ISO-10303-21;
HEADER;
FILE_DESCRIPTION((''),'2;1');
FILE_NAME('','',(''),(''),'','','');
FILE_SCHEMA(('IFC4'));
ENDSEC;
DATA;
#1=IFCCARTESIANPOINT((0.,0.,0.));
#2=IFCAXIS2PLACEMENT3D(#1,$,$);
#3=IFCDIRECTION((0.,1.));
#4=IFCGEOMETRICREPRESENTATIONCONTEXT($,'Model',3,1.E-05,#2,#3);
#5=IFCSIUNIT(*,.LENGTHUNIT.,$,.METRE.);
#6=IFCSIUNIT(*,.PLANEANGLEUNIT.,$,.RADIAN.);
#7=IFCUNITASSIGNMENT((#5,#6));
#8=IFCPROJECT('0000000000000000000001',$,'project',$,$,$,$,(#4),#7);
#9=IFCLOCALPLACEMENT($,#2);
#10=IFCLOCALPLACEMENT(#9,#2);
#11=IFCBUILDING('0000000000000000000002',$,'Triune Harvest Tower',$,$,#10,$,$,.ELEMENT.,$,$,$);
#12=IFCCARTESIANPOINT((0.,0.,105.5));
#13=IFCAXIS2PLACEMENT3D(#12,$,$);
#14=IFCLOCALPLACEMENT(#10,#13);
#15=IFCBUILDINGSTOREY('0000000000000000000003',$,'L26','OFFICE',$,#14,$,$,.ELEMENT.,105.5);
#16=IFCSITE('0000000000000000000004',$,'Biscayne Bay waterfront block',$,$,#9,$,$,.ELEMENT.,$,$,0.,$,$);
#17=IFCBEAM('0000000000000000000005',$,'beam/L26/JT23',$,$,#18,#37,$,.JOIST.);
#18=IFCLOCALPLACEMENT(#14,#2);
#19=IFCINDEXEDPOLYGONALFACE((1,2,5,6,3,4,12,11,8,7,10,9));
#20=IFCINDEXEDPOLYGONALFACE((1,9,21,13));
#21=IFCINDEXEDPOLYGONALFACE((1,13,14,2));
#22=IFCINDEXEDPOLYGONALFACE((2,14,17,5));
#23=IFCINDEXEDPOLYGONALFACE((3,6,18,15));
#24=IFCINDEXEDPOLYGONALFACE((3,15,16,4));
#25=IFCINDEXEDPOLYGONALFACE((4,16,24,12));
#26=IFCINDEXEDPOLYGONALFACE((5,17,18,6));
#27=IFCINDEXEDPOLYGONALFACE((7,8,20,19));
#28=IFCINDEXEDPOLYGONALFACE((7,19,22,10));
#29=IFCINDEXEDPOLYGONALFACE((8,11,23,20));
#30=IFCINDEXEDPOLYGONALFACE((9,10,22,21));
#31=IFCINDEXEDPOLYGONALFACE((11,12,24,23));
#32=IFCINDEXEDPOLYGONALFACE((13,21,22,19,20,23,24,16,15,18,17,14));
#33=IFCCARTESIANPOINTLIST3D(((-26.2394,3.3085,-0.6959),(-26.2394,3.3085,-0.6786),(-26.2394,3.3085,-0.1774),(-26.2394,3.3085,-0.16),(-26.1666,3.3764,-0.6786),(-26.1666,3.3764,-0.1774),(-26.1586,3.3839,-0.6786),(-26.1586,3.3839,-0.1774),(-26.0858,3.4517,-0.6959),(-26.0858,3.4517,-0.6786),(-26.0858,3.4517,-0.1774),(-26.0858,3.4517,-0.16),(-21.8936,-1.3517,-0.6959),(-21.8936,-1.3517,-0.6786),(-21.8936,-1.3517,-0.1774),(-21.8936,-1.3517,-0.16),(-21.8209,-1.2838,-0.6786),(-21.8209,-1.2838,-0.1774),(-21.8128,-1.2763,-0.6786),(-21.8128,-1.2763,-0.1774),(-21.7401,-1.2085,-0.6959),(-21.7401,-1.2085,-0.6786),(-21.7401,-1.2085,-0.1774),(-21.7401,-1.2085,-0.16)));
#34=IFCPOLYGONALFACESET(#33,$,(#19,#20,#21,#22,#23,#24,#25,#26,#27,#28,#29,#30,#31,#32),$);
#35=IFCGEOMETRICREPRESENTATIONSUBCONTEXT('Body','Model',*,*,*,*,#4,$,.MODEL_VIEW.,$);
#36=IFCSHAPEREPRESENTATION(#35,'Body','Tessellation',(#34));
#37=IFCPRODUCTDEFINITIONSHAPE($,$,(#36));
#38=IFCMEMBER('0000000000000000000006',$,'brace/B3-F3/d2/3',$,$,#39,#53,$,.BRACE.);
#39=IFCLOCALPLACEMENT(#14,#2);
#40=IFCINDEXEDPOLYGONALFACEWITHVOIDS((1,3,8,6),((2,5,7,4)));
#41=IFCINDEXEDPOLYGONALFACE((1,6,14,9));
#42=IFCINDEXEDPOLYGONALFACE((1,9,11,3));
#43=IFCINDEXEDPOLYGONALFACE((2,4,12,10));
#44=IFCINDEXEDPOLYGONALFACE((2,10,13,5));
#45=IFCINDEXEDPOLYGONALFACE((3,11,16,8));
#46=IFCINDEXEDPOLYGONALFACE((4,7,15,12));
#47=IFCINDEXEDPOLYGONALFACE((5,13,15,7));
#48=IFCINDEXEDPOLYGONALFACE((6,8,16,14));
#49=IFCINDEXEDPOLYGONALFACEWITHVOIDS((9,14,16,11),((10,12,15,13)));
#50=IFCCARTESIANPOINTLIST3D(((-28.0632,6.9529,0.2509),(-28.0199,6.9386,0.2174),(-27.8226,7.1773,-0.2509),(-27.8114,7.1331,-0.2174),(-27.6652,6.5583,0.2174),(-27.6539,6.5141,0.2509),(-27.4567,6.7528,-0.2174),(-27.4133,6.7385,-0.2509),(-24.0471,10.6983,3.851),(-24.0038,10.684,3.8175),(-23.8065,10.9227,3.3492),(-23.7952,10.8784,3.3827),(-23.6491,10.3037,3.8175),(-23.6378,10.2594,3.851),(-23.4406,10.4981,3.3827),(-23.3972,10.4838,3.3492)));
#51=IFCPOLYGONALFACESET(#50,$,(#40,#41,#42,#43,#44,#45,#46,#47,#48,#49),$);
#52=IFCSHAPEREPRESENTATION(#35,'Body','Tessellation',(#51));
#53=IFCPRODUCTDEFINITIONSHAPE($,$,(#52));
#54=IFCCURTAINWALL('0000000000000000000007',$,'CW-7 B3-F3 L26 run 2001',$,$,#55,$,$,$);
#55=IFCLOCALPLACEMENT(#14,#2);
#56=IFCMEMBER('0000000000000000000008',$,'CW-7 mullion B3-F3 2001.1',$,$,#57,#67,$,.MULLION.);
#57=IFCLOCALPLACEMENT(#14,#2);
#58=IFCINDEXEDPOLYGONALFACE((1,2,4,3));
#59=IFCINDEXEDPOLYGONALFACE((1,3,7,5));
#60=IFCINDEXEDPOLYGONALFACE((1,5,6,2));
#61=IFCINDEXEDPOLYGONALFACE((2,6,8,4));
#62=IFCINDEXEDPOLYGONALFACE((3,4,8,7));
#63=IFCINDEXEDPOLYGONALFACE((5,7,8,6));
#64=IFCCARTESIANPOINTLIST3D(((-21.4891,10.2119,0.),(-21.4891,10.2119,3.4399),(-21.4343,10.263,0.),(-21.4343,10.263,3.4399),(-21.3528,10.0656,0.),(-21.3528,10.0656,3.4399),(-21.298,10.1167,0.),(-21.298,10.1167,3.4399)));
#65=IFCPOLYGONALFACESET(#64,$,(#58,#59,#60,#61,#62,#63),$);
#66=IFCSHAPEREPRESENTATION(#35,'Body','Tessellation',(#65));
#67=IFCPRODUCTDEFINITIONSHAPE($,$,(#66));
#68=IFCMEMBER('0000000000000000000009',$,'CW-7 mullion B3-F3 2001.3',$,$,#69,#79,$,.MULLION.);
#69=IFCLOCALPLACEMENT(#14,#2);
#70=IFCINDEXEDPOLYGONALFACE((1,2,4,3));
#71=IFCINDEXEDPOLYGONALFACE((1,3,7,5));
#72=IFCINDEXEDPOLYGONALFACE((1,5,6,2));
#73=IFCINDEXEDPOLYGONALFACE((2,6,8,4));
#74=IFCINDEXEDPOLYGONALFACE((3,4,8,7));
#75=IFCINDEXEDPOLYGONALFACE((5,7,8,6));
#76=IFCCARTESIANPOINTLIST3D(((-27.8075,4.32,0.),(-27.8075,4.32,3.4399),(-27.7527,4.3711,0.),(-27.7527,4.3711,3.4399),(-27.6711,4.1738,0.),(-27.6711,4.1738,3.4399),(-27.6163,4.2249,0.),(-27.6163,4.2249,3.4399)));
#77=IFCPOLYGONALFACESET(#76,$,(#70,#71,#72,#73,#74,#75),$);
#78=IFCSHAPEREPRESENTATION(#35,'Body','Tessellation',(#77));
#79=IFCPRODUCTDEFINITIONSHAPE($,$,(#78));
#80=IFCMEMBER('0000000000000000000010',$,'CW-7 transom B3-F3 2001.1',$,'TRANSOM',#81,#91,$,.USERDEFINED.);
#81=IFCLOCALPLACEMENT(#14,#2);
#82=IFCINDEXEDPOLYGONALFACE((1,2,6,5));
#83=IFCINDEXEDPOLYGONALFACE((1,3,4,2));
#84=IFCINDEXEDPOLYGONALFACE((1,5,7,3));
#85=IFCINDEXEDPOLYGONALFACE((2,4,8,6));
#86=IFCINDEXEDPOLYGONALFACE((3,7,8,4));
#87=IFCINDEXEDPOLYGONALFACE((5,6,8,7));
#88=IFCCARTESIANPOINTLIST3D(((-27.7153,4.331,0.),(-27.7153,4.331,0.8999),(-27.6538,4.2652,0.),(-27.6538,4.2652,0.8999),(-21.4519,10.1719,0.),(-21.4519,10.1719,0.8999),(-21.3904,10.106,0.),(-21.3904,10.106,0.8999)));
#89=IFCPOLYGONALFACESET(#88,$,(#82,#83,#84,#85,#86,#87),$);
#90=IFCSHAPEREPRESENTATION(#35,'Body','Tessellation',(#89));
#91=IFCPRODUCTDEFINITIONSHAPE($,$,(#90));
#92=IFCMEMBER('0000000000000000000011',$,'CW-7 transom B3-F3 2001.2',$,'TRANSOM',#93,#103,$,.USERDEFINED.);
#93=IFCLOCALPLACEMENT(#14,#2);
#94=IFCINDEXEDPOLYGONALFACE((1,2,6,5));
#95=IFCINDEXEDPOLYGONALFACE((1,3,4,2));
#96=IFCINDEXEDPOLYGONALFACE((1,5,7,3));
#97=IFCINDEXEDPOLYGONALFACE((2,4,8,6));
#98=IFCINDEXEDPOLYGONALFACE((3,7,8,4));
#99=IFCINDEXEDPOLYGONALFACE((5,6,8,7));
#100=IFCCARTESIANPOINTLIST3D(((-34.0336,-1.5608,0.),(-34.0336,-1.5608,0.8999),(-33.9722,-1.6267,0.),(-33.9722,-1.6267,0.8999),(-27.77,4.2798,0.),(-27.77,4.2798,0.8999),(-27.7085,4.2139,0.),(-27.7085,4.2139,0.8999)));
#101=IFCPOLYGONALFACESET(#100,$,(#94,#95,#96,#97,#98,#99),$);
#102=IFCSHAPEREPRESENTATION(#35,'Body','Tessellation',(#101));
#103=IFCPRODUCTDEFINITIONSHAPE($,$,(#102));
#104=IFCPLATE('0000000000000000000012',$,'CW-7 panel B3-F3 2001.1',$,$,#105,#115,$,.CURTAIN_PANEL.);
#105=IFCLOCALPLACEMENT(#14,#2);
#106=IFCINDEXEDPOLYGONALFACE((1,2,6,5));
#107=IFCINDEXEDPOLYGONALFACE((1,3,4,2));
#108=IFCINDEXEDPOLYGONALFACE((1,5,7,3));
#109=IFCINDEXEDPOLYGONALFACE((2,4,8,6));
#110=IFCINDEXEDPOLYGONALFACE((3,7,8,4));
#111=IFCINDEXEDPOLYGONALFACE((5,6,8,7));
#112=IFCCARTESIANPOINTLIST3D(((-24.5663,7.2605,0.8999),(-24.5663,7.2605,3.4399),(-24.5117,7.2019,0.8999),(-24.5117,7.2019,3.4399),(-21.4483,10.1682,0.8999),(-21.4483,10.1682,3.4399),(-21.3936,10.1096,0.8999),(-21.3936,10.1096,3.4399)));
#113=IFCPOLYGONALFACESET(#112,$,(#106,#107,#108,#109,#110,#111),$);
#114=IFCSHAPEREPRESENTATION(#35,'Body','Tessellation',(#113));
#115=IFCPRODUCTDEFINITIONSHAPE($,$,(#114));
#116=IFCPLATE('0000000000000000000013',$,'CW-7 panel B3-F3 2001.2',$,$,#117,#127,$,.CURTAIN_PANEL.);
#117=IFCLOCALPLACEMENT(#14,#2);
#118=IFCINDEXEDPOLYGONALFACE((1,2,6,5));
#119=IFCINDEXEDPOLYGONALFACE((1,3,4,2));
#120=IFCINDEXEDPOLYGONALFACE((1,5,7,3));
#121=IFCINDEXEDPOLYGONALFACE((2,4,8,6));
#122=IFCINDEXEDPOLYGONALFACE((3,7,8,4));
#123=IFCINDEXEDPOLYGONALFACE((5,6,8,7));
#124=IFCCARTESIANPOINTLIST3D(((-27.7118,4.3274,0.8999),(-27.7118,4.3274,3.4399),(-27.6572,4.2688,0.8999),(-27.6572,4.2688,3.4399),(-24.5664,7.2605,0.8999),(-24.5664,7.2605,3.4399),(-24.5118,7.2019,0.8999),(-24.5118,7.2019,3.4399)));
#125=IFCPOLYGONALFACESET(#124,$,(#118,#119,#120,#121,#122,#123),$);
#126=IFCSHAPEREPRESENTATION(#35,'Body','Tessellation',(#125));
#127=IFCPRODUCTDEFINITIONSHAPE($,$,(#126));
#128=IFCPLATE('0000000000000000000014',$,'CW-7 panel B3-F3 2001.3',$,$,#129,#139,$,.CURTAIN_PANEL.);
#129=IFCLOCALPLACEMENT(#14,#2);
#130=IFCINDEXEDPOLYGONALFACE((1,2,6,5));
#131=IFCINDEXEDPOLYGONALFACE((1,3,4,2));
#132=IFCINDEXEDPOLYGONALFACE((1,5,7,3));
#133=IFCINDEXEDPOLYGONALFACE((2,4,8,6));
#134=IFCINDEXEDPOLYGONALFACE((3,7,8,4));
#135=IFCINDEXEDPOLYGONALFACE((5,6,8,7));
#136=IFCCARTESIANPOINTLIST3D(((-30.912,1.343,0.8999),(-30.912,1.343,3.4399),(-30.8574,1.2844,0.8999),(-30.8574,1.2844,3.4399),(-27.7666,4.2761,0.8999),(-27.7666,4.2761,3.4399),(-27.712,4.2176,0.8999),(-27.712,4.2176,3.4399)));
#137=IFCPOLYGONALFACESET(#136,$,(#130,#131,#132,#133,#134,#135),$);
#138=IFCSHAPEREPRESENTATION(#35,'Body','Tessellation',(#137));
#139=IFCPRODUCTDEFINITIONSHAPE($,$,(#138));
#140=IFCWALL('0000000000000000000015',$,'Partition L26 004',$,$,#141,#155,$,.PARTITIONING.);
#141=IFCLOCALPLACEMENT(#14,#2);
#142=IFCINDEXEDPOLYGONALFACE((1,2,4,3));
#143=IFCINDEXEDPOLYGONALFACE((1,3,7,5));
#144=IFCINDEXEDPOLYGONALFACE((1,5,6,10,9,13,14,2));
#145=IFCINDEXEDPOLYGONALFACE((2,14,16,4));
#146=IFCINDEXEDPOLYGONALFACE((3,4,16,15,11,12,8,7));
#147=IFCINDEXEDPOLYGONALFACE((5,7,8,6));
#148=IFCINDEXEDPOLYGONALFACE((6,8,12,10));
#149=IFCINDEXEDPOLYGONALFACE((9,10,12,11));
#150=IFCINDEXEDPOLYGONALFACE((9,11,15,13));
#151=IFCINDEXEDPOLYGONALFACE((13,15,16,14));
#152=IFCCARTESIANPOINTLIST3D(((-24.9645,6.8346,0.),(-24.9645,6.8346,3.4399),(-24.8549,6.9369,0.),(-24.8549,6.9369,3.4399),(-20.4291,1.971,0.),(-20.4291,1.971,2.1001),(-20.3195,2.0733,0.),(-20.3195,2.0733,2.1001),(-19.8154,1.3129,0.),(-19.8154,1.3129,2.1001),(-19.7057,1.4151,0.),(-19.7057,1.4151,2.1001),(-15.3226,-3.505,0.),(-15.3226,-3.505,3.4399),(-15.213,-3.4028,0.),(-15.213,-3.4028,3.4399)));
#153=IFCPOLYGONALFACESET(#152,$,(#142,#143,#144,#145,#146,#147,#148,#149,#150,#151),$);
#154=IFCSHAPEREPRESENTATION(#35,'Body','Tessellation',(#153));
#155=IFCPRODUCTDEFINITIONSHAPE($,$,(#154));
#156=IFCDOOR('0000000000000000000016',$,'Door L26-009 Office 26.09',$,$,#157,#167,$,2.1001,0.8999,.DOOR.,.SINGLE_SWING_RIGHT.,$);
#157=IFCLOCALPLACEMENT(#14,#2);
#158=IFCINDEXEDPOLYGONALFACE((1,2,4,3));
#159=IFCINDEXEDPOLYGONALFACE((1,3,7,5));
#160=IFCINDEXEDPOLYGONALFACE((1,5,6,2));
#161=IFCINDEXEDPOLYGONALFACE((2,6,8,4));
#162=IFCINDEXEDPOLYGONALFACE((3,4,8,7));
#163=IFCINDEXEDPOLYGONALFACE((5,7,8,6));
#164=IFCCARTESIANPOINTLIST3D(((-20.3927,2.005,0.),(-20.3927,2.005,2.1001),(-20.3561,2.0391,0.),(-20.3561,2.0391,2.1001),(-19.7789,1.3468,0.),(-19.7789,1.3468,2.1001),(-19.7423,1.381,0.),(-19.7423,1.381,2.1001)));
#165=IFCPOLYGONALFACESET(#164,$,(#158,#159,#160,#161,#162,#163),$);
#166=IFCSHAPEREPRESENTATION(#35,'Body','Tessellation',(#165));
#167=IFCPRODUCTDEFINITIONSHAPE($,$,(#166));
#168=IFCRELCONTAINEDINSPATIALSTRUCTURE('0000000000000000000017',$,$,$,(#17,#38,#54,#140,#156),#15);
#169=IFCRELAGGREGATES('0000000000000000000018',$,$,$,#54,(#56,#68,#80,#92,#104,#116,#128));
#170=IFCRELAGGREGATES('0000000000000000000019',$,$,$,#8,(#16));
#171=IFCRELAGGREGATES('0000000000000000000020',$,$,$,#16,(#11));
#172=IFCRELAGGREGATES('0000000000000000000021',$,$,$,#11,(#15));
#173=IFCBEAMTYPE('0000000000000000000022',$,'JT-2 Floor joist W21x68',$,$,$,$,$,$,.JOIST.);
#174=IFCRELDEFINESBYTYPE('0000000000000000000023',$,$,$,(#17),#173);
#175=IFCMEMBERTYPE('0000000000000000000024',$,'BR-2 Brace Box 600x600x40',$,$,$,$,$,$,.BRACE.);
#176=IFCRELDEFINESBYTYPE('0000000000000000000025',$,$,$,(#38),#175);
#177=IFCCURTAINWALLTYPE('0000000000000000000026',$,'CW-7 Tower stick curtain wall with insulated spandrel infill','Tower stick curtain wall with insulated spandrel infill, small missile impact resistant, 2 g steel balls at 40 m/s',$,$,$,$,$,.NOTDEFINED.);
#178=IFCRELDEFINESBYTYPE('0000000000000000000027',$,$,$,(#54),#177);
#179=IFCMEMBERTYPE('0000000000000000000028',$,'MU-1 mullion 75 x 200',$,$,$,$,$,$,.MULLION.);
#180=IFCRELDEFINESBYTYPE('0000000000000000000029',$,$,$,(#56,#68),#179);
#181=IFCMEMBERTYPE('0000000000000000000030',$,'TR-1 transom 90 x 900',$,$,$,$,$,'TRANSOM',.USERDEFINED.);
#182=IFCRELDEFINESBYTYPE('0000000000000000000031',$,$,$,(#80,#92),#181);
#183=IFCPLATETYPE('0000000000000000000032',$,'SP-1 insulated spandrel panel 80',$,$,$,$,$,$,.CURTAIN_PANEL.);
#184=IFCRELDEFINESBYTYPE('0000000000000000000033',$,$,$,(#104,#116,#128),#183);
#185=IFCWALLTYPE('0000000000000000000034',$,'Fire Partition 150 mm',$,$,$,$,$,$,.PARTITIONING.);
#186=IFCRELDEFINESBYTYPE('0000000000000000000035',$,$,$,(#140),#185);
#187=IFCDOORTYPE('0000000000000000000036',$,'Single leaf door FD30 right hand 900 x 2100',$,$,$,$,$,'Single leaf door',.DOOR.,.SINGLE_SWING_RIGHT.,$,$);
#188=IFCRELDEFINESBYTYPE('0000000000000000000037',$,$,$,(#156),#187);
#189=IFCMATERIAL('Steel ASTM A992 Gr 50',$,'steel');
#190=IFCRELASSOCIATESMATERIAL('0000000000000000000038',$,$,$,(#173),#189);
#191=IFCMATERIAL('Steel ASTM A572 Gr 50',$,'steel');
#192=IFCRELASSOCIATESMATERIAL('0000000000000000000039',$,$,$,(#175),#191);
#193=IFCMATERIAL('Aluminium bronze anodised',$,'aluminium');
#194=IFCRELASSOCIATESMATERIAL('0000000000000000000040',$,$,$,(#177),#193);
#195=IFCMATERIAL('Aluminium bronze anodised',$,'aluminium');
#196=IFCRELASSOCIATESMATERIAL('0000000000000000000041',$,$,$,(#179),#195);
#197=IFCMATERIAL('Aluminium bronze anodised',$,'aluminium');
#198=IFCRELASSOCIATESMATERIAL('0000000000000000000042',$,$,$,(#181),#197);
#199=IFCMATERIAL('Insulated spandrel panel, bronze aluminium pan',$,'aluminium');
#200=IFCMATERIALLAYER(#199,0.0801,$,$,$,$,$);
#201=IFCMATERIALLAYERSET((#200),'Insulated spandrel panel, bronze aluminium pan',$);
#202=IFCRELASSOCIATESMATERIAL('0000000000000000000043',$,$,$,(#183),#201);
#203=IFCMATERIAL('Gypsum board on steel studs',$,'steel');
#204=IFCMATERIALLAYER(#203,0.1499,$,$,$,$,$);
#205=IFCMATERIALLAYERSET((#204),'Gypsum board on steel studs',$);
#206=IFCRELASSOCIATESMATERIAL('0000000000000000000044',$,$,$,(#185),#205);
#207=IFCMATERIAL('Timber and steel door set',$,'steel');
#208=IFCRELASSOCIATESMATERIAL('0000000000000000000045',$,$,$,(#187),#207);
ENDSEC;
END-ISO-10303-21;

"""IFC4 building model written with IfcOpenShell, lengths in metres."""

from ifc_helpers import new_model, si_unit, direction, frame, frame_2d, origin, origin_2d, place, context, subcontext, project, spatial, rectangle, hollow_rectangle, i_section, extrude, source, transform, mapped, material, layer, layer_set, material_profile, profile_set, type_object, element, fill, aggregate, save


model = new_model("IFC4")

# Units and contexts
model_context = context("Model", 3, precision=1e-05, world=origin(), true_north=direction((0.0, 1.0)))
body_context = subcontext(model_context, "Body", "Model", "MODEL_VIEW")
ifc_project = project(units=[si_unit("LENGTHUNIT", "METRE"), si_unit("PLANEANGLEUNIT", "RADIAN")], contexts=[model_context])

# Site, building, storey
site_placement = place(None, origin())
site = spatial("IfcSite", under=ifc_project, at=site_placement, Name="Biscayne Bay waterfront block", CompositionType="ELEMENT", RefElevation=0.0)
building_placement = place(site_placement, origin())
building = spatial("IfcBuilding", under=site, at=building_placement, Name="Triune Harvest Tower", CompositionType="ELEMENT")
storey_placement = place(building_placement, frame((0.0, 0.0, 105.5)))
storey = spatial("IfcBuildingStorey", under=building, at=storey_placement, Name="L26", Description="OFFICE", CompositionType="ELEMENT", Elevation=105.5)

# Beam
ifc_material_1 = material(Name="Steel ASTM A992 Gr 50", Category="steel")
ifc_material_profile_1 = material_profile(ifc_material_1, i_section(OverallWidth=0.21, OverallDepth=0.5359, WebThickness=0.011, FlangeThickness=0.0173, at=origin_2d()), Name="W21x68")
ifc_profile_set_1 = profile_set([ifc_material_profile_1], Name="Steel ASTM A992 Gr 50")
beam_type_1 = type_object("IfcBeamType", Name="JT-2 Floor joist W21x68", PredefinedType="JOIST", material=ifc_profile_set_1)
shared_shape_1 = source(origin(), body_context, "Body", "SweptSolid", [
    extrude(i_section(OverallWidth=0.21, OverallDepth=0.5359, WebThickness=0.011, FlangeThickness=0.0173, at=origin_2d()), origin(), (0.0, 0.0, 1.0), 6.3721),
])
beam_1_placement = place(storey_placement, frame((-26.1626, 3.3801, -0.428), z_axis=(0.682001, -0.731351, 0.0), x_axis=(0.731351, 0.682001, 0.0)))
element("IfcBeam", 1, at=beam_1_placement, inside=storey, type_object=beam_type_1, Name="beam/L26/JT23", PredefinedType="JOIST", context=body_context, shape_type="MappedRepresentation", body=[
    mapped(shared_shape_1, transform((0.0, 0.0, 0.0), scale=1.0)),
])

# Member
ifc_material_2 = material(Name="Steel ASTM A572 Gr 50", Category="steel")
ifc_material_profile_2 = material_profile(ifc_material_2, hollow_rectangle(XDim=0.6001, YDim=0.6001, WallThickness=0.04, at=origin_2d()), Name="Box 600x600x40")
ifc_profile_set_2 = profile_set([ifc_material_profile_2], Name="Steel ASTM A572 Gr 50")
member_type_1 = type_object("IfcMemberType", Name="BR-2 Brace Box 600x600x40", PredefinedType="BRACE", material=ifc_profile_set_2)
shared_shape_2 = source(origin(), body_context, "Body", "SweptSolid", [
    extrude(hollow_rectangle(XDim=0.6001, YDim=0.6001, WallThickness=0.04, at=origin_2d()), origin(), (0.0, 0.0, 1.0), 6.5664),
])
member_1_placement = place(storey_placement, frame((-27.7383, 6.8457, 0.0), z_axis=(0.611616, 0.570383, 0.548261), x_axis=(-0.682025, 0.731329, 0.0)))
element("IfcMember", 2, at=member_1_placement, inside=storey, type_object=member_type_1, Name="brace/B3-F3/d2/3", PredefinedType="BRACE", context=body_context, shape_type="MappedRepresentation", body=[
    mapped(shared_shape_2, transform((0.0, 0.0, 0.0), scale=1.0)),
])

# Curtain wall, members, plates
ifc_material_3 = material(Name="Aluminium bronze anodised", Category="aluminium")
curtain_wall_type = type_object("IfcCurtainWallType", Name="CW-7 Tower stick curtain wall with insulated spandrel infill", Description="Tower stick curtain wall with insulated spandrel infill, small missile impact resistant, 2 g steel balls at 40 m/s", PredefinedType="NOTDEFINED", material=ifc_material_3)
curtain_wall_placement = place(storey_placement, origin())
curtain_wall = element("IfcCurtainWall", 3, at=curtain_wall_placement, inside=storey, type_object=curtain_wall_type, Name="CW-7 B3-F3 L26 run 2001")
ifc_material_4 = material(Name="Aluminium bronze anodised", Category="aluminium")
ifc_material_profile_3 = material_profile(ifc_material_4, rectangle(XDim=0.2, YDim=0.075, at=origin_2d()), Name="MU-1 mullion 75 x 200")
ifc_profile_set_3 = profile_set([ifc_material_profile_3], Name="Aluminium bronze anodised")
member_type_2 = type_object("IfcMemberType", Name="MU-1 mullion 75 x 200", PredefinedType="MULLION", material=ifc_profile_set_3)
shared_shape_3 = source(origin(), body_context, "Body", "SweptSolid", [
    extrude(rectangle(XDim=0.2, YDim=0.075, at=origin_2d()), origin(), (0.0, 0.0, 1.0), 3.4399),
])
member_2_placement = place(storey_placement, frame((-21.3936, 10.1643, 0.0), z_axis=(0.0, 0.0, 1.0), x_axis=(0.681999, -0.731353, 0.0)))
member_2 = element("IfcMember", 4, at=member_2_placement, type_object=member_type_2, Name="CW-7 mullion B3-F3 2001.1", PredefinedType="MULLION", context=body_context, shape_type="MappedRepresentation", body=[
    mapped(shared_shape_3, transform((0.0, 0.0, 0.0), scale=1.0)),
])
member_3_placement = place(storey_placement, frame((-27.7119, 4.2725, 0.0), z_axis=(0.0, 0.0, 1.0), x_axis=(0.681999, -0.731353, 0.0)))
member_3 = element("IfcMember", 5, at=member_3_placement, type_object=member_type_2, Name="CW-7 mullion B3-F3 2001.3", PredefinedType="MULLION", context=body_context, shape_type="MappedRepresentation", body=[
    mapped(shared_shape_3, transform((0.0, 0.0, 0.0), scale=1.0)),
])
ifc_material_5 = material(Name="Aluminium bronze anodised", Category="aluminium")
ifc_material_profile_4 = material_profile(ifc_material_5, rectangle(XDim=0.0901, YDim=0.8999, at=origin_2d()), Name="TR-1 transom 90 x 900")
ifc_profile_set_4 = profile_set([ifc_material_profile_4], Name="Aluminium bronze anodised")
member_type_3 = type_object("IfcMemberType", Name="TR-1 transom 90 x 900", ElementType="TRANSOM", PredefinedType="USERDEFINED", material=ifc_profile_set_4)
shared_shape_4 = source(origin(), body_context, "Body", "SweptSolid", [
    extrude(rectangle(XDim=0.0901, YDim=0.8999, at=origin_2d()), origin(), (0.0, 0.0, 1.0), 8.5642),
])
member_4_placement = place(storey_placement, frame((-21.4211, 10.1389, 0.45), z_axis=(-0.731349, -0.682003, 0.0), x_axis=(0.682003, -0.731349, 0.0)))
member_4 = element("IfcMember", 6, at=member_4_placement, type_object=member_type_3, Name="CW-7 transom B3-F3 2001.1", ObjectType="TRANSOM", PredefinedType="USERDEFINED", context=body_context, shape_type="MappedRepresentation", body=[
    mapped(shared_shape_4, transform((0.0, 0.0, 0.0), scale=1.0)),
])
member_5_placement = place(storey_placement, frame((-27.7393, 4.2468, 0.45), z_axis=(-0.731377, -0.681974, 0.0), x_axis=(0.681974, -0.731377, 0.0)))
member_5 = element("IfcMember", 7, at=member_5_placement, type_object=member_type_3, Name="CW-7 transom B3-F3 2001.2", ObjectType="TRANSOM", PredefinedType="USERDEFINED", context=body_context, shape_type="MappedRepresentation", body=[
    mapped(shared_shape_4, transform((0.0, 0.0, 0.0), scale=1.0)),
])
ifc_material_6 = material(Name="Insulated spandrel panel, bronze aluminium pan", Category="aluminium")
ifc_layer_1 = layer(ifc_material_6, 0.0801)
ifc_layer_set_1 = layer_set([ifc_layer_1], Name="Insulated spandrel panel, bronze aluminium pan")
plate_type = type_object("IfcPlateType", Name="SP-1 insulated spandrel panel 80", PredefinedType="CURTAIN_PANEL", material=ifc_layer_set_1)
shared_shape_5 = source(origin(), body_context, "Body", "SweptSolid", [
    extrude(rectangle(XDim=4.2634, YDim=0.0801, at=origin_2d()), origin(), (0.0, 0.0, 1.0), 2.54),
])
plate_1_placement = place(storey_placement, frame((-22.98, 8.6851, 0.8999), z_axis=(0.0, 0.0, 1.0), x_axis=(-0.731353, -0.681999, 0.0)))
plate_1 = element("IfcPlate", 8, at=plate_1_placement, type_object=plate_type, Name="CW-7 panel B3-F3 2001.1", PredefinedType="CURTAIN_PANEL", context=body_context, shape_type="MappedRepresentation", body=[
    mapped(shared_shape_5, transform((0.0, 0.0, 0.0), scale=1.0)),
])
shared_shape_6 = source(origin(), body_context, "Body", "SweptSolid", [
    extrude(rectangle(XDim=4.3008, YDim=0.0801, at=origin_2d()), origin(), (0.0, 0.0, 1.0), 2.54),
])
plate_2_placement = place(storey_placement, frame((-26.1118, 5.7646, 0.8999), z_axis=(0.0, 0.0, 1.0), x_axis=(-0.731353, -0.681999, 0.0)))
plate_2 = element("IfcPlate", 9, at=plate_2_placement, type_object=plate_type, Name="CW-7 panel B3-F3 2001.2", PredefinedType="CURTAIN_PANEL", context=body_context, shape_type="MappedRepresentation", body=[
    mapped(shared_shape_6, transform((0.0, 0.0, 0.0), scale=1.0)),
])
plate_3_placement = place(storey_placement, frame((-29.312, 2.7803, 0.8999), z_axis=(0.0, 0.0, 1.0), x_axis=(-0.731353, -0.681999, 0.0)))
plate_3 = element("IfcPlate", 10, at=plate_3_placement, type_object=plate_type, Name="CW-7 panel B3-F3 2001.3", PredefinedType="CURTAIN_PANEL", context=body_context, shape_type="MappedRepresentation", body=[
    mapped(shared_shape_6, transform((0.0, 0.0, 0.0), scale=1.0)),
])
aggregate(curtain_wall, [member_2, member_3, member_4, member_5, plate_1, plate_2, plate_3])

# Wall, opening, door
ifc_material_7 = material(Name="Gypsum board on steel studs", Category="steel")
ifc_layer_2 = layer(ifc_material_7, 0.1499)
ifc_layer_set_2 = layer_set([ifc_layer_2], Name="Gypsum board on steel studs")
wall_type_1 = type_object("IfcWallType", Name="Fire Partition 150 mm", PredefinedType="PARTITIONING", material=ifc_layer_set_2)
wall_1_placement = place(storey_placement, frame((-24.9097, 6.8857, 0.0), z_axis=(0.0, 0.0, 1.0), x_axis=(0.681999, -0.731353, 0.0)))
wall_1 = element("IfcWall", 11, at=wall_1_placement, inside=storey, type_object=wall_type_1, Name="Partition L26 004", PredefinedType="PARTITIONING", context=body_context, shape_type="SweptSolid", body=[
    extrude(rectangle(XDim=14.1377, YDim=0.1499, at=frame_2d((7.0688, 0.0))), origin(), (0.0, 0.0, 1.0), 3.4399),
])
opening_1_placement = place(wall_1_placement, frame((6.6501, 0.0, 0.0)))
opening_1 = element("IfcOpeningElement", 12, at=opening_1_placement, cuts=wall_1, PredefinedType="OPENING", context=body_context, shape_type="SweptSolid", body=[
    extrude(rectangle(XDim=0.8999, YDim=2.1001, at=frame_2d((0.45, 1.05))), frame((0.0, 0.085, 0.0), z_axis=(0.0, -1.0, 0.0), x_axis=(1.0, 0.0, 0.0)), (0.0, 0.0, 1.0), 0.1699),
])
ifc_material_8 = material(Name="Timber and steel door set", Category="steel")
door_type_1 = type_object("IfcDoorType", Name="Single leaf door FD30 right hand 900 x 2100", ElementType="Single leaf door", OperationType="SINGLE_SWING_RIGHT", PredefinedType="DOOR", material=ifc_material_8)
door_1_placement = place(opening_1_placement, origin())
door_1 = element("IfcDoor", 13, at=door_1_placement, inside=storey, type_object=door_type_1, Name="Door L26-009 Office 26.09", OperationType="SINGLE_SWING_RIGHT", OverallHeight=2.1001, OverallWidth=0.8999, PredefinedType="DOOR", context=body_context, shape_type="SweptSolid", body=[
    extrude(rectangle(XDim=0.8999, YDim=2.1001, at=frame_2d((0.45, 1.05))), frame((0.0, 0.0249, 0.0), z_axis=(0.0, -1.0, 0.0), x_axis=(1.0, 0.0, 0.0)), (0.0, 0.0, 1.0), 0.05),
])
fill(opening_1, door_1)

save(model, "model.ifc")
